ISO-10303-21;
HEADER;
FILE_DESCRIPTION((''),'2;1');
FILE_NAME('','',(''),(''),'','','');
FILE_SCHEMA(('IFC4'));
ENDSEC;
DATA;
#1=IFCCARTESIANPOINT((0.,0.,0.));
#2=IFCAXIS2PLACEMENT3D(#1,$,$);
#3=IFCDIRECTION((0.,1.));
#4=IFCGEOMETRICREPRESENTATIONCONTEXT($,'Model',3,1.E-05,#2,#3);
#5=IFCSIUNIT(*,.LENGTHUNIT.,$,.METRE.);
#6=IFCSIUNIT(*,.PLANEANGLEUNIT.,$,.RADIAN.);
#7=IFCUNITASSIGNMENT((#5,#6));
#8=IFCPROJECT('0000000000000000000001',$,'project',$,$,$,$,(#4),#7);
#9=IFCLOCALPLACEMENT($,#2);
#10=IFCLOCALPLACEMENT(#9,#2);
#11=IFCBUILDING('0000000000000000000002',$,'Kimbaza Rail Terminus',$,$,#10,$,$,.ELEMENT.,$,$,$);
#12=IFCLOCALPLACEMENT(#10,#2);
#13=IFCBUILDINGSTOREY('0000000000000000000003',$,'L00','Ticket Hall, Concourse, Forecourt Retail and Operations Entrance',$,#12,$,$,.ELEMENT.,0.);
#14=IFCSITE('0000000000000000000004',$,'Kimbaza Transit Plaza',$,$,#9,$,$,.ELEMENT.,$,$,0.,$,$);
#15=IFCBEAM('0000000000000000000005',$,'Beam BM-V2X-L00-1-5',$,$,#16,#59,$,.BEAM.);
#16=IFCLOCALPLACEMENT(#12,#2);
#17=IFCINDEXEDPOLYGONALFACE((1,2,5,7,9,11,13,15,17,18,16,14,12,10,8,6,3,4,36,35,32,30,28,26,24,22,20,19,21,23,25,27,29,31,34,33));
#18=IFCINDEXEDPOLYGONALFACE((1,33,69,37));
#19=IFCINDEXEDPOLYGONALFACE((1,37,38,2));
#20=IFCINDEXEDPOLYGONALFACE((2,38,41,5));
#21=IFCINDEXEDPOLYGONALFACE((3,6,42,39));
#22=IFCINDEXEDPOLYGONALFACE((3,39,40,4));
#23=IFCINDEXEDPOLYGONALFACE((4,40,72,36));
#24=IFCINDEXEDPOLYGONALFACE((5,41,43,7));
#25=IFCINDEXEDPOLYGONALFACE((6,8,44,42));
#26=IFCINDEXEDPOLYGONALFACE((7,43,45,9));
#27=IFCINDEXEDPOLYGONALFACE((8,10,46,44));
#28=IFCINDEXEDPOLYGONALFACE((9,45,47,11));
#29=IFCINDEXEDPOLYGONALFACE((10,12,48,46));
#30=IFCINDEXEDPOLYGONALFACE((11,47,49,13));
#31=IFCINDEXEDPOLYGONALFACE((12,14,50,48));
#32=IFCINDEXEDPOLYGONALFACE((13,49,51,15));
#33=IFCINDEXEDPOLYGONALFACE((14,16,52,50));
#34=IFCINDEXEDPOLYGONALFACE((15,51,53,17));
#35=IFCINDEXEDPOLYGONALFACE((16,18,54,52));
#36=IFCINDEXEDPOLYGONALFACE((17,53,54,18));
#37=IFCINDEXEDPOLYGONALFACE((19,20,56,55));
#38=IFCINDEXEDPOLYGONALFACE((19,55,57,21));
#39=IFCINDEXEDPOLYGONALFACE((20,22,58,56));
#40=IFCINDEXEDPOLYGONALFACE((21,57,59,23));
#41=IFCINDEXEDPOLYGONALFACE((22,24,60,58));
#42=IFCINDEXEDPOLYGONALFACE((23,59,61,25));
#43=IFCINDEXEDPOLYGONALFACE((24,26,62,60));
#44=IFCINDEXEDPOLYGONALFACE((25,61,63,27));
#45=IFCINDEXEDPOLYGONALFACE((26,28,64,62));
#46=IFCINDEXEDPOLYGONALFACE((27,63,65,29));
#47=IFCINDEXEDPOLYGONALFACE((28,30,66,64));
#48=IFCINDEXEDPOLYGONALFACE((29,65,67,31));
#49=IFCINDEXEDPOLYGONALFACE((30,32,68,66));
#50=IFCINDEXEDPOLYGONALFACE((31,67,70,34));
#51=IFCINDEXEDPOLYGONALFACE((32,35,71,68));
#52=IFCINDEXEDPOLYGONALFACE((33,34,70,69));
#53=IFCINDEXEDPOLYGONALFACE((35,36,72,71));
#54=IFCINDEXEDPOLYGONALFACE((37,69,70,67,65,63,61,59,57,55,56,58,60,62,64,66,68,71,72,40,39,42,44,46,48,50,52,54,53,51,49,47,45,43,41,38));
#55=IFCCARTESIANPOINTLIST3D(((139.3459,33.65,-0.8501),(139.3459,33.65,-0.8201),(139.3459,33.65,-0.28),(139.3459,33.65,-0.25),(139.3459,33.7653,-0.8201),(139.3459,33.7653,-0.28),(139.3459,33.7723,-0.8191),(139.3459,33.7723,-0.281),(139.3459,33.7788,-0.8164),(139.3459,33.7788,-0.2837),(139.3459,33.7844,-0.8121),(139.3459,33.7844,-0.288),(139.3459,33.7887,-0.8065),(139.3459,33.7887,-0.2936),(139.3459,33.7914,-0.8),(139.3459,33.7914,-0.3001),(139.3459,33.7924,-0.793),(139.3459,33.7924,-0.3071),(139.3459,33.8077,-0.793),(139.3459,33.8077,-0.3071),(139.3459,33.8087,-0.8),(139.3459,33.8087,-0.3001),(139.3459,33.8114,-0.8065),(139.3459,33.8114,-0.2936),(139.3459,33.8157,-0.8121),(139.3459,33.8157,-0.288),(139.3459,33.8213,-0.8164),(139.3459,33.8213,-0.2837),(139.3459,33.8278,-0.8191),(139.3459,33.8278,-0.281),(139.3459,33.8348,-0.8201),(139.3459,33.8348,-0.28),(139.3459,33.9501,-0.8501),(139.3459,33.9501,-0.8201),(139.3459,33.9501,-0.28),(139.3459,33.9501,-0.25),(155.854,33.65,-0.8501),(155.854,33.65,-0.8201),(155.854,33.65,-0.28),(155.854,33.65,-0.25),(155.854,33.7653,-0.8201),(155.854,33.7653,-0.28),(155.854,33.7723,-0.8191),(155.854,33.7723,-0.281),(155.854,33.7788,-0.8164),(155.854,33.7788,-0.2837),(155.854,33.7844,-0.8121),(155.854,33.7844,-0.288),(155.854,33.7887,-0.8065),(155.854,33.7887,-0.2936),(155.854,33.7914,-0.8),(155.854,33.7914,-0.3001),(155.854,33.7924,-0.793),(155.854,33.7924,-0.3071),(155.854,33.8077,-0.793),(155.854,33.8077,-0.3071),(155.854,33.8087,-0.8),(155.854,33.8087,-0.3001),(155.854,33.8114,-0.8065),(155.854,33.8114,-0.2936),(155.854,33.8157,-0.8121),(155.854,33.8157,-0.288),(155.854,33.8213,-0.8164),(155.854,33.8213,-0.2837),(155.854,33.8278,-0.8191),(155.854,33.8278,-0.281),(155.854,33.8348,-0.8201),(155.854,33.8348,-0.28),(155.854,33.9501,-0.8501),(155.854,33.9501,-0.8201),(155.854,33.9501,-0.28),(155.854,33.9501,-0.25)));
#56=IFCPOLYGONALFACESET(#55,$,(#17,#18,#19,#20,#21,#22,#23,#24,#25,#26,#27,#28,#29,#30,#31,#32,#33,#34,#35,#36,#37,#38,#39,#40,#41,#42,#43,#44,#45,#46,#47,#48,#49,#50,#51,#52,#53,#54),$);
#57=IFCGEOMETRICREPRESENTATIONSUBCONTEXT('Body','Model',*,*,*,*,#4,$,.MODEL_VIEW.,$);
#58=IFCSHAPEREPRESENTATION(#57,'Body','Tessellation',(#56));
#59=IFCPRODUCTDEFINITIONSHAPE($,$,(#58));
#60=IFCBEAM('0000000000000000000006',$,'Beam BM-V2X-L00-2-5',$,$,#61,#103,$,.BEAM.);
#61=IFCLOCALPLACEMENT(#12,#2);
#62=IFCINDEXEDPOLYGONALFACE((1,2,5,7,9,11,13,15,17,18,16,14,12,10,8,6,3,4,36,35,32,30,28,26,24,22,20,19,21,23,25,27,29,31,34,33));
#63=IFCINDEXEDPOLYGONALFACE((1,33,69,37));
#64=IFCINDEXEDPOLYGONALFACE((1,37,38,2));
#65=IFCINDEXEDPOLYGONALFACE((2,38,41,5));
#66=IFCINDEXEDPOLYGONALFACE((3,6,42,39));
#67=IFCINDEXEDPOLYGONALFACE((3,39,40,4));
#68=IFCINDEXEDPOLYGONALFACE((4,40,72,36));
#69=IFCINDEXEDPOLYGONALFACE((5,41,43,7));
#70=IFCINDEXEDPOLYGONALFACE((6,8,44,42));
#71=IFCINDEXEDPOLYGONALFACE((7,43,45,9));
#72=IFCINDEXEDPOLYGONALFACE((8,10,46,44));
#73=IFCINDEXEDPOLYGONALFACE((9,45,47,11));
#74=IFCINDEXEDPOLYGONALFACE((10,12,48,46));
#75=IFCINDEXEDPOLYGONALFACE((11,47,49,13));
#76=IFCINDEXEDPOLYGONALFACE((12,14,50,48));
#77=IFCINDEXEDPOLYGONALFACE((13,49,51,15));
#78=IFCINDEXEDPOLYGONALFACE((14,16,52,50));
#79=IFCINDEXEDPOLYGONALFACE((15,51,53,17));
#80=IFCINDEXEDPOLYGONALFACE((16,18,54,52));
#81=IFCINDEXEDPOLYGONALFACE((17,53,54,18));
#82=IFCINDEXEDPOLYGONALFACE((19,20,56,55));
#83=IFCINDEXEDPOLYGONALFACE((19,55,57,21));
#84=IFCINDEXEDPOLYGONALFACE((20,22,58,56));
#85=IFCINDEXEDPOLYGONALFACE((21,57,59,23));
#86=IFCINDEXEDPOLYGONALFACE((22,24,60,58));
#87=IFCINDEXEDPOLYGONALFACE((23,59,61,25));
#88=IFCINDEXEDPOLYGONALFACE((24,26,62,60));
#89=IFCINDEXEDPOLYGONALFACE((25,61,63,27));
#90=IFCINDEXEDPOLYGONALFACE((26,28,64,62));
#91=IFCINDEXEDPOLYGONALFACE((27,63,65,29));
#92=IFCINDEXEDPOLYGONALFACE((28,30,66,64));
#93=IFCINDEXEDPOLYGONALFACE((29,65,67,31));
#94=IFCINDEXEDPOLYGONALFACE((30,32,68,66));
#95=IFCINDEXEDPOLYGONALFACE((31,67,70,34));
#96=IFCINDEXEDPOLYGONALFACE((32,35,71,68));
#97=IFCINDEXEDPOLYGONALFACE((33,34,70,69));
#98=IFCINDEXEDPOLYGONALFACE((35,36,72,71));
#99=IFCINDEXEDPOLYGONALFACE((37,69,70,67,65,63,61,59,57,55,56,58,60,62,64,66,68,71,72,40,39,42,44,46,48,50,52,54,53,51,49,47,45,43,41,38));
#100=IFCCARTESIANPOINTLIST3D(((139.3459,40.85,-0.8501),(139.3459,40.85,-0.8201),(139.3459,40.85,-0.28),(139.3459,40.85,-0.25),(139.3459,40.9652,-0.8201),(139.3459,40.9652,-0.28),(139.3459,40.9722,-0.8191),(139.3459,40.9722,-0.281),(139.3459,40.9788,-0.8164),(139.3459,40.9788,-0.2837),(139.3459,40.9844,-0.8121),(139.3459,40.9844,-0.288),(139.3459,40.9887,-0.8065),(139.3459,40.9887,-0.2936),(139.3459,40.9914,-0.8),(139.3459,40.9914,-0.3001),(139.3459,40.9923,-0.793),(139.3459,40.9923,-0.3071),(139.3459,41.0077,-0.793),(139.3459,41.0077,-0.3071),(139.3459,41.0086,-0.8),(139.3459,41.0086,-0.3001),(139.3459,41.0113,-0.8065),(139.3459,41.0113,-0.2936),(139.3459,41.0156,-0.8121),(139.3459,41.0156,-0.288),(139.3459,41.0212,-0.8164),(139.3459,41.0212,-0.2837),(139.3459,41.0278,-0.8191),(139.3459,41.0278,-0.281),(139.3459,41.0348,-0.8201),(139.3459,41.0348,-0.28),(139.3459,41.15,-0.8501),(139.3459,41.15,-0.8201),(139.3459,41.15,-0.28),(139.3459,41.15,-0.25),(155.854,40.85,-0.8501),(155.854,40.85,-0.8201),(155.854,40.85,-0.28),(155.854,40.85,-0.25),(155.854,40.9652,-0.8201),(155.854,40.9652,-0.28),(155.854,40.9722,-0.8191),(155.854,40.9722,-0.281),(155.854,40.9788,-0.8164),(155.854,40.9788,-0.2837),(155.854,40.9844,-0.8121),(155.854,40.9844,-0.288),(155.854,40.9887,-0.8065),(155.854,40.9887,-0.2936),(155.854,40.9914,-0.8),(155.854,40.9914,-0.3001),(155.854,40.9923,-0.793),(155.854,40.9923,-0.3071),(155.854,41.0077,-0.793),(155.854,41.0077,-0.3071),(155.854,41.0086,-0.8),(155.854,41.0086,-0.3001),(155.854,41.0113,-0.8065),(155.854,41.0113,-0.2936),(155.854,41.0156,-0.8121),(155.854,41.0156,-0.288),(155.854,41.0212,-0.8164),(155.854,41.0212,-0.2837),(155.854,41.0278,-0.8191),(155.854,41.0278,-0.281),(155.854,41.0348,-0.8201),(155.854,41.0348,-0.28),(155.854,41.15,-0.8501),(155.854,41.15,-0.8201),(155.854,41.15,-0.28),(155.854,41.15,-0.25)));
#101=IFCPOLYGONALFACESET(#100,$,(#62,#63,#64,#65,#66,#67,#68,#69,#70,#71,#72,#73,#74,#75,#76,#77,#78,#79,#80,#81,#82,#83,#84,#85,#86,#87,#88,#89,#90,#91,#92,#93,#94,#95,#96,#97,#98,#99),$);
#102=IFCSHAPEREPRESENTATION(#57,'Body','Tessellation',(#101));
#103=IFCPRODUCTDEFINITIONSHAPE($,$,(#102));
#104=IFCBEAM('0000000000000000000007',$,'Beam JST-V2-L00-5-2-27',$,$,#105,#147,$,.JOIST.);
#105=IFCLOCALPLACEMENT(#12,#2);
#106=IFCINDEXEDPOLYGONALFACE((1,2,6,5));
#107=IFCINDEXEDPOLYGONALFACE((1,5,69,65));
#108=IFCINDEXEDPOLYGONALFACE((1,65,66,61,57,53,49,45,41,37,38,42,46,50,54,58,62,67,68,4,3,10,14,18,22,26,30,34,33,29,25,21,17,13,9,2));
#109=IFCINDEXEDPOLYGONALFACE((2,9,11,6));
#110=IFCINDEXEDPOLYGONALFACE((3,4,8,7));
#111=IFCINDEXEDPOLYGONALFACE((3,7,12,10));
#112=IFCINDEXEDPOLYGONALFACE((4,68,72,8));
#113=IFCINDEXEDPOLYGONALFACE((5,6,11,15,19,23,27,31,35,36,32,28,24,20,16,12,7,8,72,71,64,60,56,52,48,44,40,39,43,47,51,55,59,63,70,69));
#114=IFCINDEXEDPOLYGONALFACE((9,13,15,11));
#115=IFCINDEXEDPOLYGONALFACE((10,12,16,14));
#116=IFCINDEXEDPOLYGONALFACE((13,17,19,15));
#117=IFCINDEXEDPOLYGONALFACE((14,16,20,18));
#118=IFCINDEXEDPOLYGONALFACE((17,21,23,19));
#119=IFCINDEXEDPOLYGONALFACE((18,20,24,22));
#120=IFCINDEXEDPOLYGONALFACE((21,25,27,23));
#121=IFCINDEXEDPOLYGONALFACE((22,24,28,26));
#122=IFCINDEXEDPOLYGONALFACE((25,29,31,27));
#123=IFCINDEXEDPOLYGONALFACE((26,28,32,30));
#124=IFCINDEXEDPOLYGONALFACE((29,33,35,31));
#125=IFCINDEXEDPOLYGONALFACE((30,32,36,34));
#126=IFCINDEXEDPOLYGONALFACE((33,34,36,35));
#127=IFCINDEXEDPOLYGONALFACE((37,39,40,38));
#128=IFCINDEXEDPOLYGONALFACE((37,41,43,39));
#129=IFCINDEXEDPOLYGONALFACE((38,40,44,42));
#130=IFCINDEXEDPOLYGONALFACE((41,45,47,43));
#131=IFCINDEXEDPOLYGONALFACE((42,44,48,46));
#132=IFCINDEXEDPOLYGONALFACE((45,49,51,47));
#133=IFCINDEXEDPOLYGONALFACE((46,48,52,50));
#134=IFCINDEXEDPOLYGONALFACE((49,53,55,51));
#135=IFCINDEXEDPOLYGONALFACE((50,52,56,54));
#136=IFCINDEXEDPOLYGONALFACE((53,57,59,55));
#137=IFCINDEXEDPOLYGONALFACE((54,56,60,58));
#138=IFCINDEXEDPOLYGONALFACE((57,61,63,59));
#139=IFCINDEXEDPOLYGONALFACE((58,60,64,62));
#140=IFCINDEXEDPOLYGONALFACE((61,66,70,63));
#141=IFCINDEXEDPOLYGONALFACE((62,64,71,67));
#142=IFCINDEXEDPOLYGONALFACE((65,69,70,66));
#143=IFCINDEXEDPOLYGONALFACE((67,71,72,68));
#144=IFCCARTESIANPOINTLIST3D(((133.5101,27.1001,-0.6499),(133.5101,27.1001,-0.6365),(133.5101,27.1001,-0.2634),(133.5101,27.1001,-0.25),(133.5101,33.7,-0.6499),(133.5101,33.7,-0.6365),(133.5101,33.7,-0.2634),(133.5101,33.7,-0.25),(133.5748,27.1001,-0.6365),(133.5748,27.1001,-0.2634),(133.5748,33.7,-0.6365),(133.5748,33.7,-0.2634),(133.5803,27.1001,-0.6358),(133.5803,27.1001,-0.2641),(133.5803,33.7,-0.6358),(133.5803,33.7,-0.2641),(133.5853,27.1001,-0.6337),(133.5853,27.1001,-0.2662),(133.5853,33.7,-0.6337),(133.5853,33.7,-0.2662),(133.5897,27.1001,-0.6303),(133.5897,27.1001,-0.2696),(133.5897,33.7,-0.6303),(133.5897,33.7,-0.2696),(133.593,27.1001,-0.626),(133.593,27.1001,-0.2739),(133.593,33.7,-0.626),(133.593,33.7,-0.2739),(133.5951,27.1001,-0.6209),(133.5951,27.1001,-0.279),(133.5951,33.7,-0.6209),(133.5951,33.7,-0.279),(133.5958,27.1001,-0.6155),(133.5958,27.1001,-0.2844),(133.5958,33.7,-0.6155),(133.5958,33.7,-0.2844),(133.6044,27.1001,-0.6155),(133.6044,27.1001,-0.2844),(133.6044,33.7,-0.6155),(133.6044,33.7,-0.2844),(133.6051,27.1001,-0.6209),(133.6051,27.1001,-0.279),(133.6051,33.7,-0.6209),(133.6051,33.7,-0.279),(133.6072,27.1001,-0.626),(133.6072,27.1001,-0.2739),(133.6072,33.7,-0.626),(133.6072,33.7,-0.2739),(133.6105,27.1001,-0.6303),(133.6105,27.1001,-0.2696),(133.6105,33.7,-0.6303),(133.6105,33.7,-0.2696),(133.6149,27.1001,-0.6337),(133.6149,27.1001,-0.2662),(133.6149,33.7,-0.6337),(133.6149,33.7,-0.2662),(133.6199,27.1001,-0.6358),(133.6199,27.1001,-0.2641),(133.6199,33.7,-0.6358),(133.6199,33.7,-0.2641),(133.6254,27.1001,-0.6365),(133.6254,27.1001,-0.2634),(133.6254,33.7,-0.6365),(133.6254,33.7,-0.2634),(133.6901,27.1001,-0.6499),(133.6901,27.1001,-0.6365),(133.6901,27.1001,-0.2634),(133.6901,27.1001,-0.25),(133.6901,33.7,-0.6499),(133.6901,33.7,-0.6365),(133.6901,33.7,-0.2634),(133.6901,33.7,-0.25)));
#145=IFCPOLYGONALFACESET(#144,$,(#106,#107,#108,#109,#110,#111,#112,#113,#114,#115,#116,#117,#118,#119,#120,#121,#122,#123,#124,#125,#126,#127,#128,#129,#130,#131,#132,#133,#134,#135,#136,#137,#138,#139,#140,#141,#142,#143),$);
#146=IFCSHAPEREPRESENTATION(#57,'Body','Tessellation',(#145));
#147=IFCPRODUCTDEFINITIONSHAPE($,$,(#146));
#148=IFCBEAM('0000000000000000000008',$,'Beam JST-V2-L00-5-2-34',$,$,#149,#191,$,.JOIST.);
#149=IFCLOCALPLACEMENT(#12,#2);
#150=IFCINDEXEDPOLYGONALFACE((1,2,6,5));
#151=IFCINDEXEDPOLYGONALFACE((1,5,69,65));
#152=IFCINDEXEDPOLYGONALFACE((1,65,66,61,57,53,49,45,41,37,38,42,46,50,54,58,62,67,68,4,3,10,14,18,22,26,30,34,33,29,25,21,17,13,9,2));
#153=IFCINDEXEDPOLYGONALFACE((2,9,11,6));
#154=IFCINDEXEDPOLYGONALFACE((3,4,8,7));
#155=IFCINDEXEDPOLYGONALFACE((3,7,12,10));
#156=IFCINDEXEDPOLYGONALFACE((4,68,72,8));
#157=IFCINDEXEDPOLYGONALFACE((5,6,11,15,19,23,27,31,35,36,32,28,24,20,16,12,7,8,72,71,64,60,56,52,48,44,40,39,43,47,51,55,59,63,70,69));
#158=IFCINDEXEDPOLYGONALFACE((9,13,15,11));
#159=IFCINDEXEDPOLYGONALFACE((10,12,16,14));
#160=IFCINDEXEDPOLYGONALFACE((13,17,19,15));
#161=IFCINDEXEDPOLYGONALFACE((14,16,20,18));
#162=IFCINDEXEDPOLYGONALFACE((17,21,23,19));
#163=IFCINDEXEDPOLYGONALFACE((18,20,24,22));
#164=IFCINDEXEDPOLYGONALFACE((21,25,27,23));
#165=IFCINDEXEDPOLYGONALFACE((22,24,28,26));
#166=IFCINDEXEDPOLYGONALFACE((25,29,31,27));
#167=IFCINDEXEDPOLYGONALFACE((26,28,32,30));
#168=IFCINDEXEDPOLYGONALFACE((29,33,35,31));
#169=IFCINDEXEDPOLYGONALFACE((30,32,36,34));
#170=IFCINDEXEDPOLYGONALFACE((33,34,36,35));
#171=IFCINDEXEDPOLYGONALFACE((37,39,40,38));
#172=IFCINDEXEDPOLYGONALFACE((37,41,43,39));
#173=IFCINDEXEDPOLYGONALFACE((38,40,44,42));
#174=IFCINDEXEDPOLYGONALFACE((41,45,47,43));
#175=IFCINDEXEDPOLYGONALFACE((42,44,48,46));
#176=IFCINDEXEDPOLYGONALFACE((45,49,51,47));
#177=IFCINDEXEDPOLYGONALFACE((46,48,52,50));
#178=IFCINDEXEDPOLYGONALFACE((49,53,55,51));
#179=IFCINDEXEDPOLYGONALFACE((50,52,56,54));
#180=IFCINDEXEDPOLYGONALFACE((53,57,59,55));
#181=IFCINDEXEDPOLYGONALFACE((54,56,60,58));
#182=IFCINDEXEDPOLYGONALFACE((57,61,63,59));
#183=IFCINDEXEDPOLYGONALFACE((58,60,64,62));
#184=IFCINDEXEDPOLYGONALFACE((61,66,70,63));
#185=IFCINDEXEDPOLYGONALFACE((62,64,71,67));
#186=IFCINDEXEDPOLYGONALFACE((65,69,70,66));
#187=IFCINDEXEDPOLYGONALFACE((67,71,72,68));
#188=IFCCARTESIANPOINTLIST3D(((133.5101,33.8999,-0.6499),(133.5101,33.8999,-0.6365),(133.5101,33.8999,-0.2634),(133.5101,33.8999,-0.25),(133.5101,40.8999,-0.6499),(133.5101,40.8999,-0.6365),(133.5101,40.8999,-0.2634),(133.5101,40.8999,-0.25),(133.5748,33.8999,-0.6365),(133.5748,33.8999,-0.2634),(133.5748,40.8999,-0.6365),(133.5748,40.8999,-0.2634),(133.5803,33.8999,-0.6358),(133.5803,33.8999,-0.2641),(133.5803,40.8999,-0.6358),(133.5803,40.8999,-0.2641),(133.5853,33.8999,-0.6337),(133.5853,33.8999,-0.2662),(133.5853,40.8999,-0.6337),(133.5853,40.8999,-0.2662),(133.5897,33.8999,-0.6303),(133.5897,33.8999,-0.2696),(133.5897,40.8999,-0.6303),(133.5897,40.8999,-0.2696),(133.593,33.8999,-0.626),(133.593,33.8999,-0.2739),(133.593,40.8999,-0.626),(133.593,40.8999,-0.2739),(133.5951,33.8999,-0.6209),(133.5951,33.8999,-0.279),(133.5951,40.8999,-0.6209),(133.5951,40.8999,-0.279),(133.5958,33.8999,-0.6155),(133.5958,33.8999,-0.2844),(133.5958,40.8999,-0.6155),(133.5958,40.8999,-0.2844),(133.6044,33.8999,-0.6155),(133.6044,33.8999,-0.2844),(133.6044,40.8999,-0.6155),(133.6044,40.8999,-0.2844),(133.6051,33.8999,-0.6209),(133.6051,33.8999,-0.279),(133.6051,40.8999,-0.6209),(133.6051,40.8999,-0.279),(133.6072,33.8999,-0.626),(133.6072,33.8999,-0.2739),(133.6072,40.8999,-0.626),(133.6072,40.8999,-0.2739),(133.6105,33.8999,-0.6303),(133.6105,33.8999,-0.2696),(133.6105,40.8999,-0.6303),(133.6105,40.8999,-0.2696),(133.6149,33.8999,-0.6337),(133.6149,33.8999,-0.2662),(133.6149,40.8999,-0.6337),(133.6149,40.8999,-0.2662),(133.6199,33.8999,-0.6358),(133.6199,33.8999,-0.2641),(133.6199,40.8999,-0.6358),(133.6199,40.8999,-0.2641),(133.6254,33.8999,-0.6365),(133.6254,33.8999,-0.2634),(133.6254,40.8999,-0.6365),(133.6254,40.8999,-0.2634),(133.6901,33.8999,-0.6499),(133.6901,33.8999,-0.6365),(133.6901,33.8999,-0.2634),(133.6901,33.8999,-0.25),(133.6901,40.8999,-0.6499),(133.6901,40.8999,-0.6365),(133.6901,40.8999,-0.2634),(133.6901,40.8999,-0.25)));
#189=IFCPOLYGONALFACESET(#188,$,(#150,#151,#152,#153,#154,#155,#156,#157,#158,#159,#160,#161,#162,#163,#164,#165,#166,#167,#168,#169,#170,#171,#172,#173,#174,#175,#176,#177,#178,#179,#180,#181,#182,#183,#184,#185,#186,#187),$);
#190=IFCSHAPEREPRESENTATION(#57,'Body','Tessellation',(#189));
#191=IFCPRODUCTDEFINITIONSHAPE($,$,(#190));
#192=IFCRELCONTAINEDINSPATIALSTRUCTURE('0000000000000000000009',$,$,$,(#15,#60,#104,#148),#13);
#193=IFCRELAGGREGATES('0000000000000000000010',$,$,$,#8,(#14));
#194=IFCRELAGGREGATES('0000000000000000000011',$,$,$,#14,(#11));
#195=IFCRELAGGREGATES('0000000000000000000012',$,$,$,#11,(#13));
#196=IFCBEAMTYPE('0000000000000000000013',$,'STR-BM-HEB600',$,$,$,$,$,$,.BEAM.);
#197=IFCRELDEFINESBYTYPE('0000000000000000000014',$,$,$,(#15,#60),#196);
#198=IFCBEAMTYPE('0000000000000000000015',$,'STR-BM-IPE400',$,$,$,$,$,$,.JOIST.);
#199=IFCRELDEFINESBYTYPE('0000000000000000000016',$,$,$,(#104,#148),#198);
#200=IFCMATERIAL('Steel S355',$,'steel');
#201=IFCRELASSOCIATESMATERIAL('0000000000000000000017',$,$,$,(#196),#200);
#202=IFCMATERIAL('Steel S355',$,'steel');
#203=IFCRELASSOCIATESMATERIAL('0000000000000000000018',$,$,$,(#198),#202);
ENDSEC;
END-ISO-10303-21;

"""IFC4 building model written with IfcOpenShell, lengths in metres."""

from ifc_helpers import new_model, si_unit, direction, frame, origin, origin_2d, place, context, subcontext, project, spatial, i_section, extrude, material, material_profile, profile_set, type_object, element, save


model = new_model("IFC4")

# Units and contexts
model_context = context("Model", 3, precision=1e-05, world=origin(), true_north=direction((0.0, 1.0)))
body_context = subcontext(model_context, "Body", "Model", "MODEL_VIEW")
ifc_project = project(units=[si_unit("LENGTHUNIT", "METRE"), si_unit("PLANEANGLEUNIT", "RADIAN")], contexts=[model_context])

# Site, building, storey
site_placement = place(None, origin())
site = spatial("IfcSite", under=ifc_project, at=site_placement, Name="Kimbaza Transit Plaza", CompositionType="ELEMENT", RefElevation=0.0)
building_placement = place(site_placement, origin())
building = spatial("IfcBuilding", under=site, at=building_placement, Name="Kimbaza Rail Terminus", CompositionType="ELEMENT")
storey_placement = place(building_placement, origin())
storey = spatial("IfcBuildingStorey", under=building, at=storey_placement, Name="L00", Description="Ticket Hall, Concourse, Forecourt Retail and Operations Entrance", CompositionType="ELEMENT", Elevation=0.0)

# Beams
ifc_material_1 = material(Name="Steel S355", Category="steel")
ifc_material_profile_1 = material_profile(ifc_material_1, i_section(OverallWidth=0.3, OverallDepth=0.6001, WebThickness=0.0154, FlangeThickness=0.03, FilletRadius=0.0271, at=origin_2d()), Name="HEB 600")
ifc_profile_set_1 = profile_set([ifc_material_profile_1], Name="Steel S355")
beam_type_1 = type_object("IfcBeamType", Name="STR-BM-HEB600", PredefinedType="BEAM", material=ifc_profile_set_1)
for number, where, z_axis, x_axis, name in (
    (1, (139.3459, 33.8, -0.55), (1.0, 0.0, 0.0), (0.0, 1.0, 0.0), "Beam BM-V2X-L00-1-5"),
    (2, (139.3459, 41.0, -0.55), (1.0, 0.0, 0.0), (0.0, 1.0, 0.0), "Beam BM-V2X-L00-2-5"),
):
    element("IfcBeam", number, at=place(storey_placement, frame(where, z_axis=z_axis, x_axis=x_axis)), inside=storey, type_object=beam_type_1, Name=name, PredefinedType="BEAM", context=body_context, shape_type="SweptSolid", body=[
        extrude(i_section(OverallWidth=0.3, OverallDepth=0.6001, WebThickness=0.0154, FlangeThickness=0.03, FilletRadius=0.0271, at=origin_2d()), origin(), (0.0, 0.0, 1.0), 16.5081),
    ])
ifc_material_2 = material(Name="Steel S355", Category="steel")
ifc_material_profile_2 = material_profile(ifc_material_2, i_section(OverallWidth=0.1799, OverallDepth=0.3999, WebThickness=0.0085, FlangeThickness=0.0134, FilletRadius=0.021, at=origin_2d()), Name="IPE 400")
ifc_profile_set_2 = profile_set([ifc_material_profile_2], Name="Steel S355")
beam_type_2 = type_object("IfcBeamType", Name="STR-BM-IPE400", PredefinedType="JOIST", material=ifc_profile_set_2)
beam_1_placement = place(storey_placement, frame((133.6001, 27.1001, -0.45), z_axis=(0.0, 1.0, 0.0), x_axis=(-1.0, 0.0, 0.0)))
element("IfcBeam", 3, at=beam_1_placement, inside=storey, type_object=beam_type_2, Name="Beam JST-V2-L00-5-2-27", PredefinedType="JOIST", context=body_context, shape_type="SweptSolid", body=[
    extrude(i_section(OverallWidth=0.1799, OverallDepth=0.3999, WebThickness=0.0085, FlangeThickness=0.0134, FilletRadius=0.021, at=origin_2d()), origin(), (0.0, 0.0, 1.0), 6.5999),
])
beam_2_placement = place(storey_placement, frame((133.6001, 33.8999, -0.45), z_axis=(0.0, 1.0, 0.0), x_axis=(-1.0, 0.0, 0.0)))
element("IfcBeam", 4, at=beam_2_placement, inside=storey, type_object=beam_type_2, Name="Beam JST-V2-L00-5-2-34", PredefinedType="JOIST", context=body_context, shape_type="SweptSolid", body=[
    extrude(i_section(OverallWidth=0.1799, OverallDepth=0.3999, WebThickness=0.0085, FlangeThickness=0.0134, FilletRadius=0.021, at=origin_2d()), origin(), (0.0, 0.0, 1.0), 7.0),
])

save(model, "model.ifc")
